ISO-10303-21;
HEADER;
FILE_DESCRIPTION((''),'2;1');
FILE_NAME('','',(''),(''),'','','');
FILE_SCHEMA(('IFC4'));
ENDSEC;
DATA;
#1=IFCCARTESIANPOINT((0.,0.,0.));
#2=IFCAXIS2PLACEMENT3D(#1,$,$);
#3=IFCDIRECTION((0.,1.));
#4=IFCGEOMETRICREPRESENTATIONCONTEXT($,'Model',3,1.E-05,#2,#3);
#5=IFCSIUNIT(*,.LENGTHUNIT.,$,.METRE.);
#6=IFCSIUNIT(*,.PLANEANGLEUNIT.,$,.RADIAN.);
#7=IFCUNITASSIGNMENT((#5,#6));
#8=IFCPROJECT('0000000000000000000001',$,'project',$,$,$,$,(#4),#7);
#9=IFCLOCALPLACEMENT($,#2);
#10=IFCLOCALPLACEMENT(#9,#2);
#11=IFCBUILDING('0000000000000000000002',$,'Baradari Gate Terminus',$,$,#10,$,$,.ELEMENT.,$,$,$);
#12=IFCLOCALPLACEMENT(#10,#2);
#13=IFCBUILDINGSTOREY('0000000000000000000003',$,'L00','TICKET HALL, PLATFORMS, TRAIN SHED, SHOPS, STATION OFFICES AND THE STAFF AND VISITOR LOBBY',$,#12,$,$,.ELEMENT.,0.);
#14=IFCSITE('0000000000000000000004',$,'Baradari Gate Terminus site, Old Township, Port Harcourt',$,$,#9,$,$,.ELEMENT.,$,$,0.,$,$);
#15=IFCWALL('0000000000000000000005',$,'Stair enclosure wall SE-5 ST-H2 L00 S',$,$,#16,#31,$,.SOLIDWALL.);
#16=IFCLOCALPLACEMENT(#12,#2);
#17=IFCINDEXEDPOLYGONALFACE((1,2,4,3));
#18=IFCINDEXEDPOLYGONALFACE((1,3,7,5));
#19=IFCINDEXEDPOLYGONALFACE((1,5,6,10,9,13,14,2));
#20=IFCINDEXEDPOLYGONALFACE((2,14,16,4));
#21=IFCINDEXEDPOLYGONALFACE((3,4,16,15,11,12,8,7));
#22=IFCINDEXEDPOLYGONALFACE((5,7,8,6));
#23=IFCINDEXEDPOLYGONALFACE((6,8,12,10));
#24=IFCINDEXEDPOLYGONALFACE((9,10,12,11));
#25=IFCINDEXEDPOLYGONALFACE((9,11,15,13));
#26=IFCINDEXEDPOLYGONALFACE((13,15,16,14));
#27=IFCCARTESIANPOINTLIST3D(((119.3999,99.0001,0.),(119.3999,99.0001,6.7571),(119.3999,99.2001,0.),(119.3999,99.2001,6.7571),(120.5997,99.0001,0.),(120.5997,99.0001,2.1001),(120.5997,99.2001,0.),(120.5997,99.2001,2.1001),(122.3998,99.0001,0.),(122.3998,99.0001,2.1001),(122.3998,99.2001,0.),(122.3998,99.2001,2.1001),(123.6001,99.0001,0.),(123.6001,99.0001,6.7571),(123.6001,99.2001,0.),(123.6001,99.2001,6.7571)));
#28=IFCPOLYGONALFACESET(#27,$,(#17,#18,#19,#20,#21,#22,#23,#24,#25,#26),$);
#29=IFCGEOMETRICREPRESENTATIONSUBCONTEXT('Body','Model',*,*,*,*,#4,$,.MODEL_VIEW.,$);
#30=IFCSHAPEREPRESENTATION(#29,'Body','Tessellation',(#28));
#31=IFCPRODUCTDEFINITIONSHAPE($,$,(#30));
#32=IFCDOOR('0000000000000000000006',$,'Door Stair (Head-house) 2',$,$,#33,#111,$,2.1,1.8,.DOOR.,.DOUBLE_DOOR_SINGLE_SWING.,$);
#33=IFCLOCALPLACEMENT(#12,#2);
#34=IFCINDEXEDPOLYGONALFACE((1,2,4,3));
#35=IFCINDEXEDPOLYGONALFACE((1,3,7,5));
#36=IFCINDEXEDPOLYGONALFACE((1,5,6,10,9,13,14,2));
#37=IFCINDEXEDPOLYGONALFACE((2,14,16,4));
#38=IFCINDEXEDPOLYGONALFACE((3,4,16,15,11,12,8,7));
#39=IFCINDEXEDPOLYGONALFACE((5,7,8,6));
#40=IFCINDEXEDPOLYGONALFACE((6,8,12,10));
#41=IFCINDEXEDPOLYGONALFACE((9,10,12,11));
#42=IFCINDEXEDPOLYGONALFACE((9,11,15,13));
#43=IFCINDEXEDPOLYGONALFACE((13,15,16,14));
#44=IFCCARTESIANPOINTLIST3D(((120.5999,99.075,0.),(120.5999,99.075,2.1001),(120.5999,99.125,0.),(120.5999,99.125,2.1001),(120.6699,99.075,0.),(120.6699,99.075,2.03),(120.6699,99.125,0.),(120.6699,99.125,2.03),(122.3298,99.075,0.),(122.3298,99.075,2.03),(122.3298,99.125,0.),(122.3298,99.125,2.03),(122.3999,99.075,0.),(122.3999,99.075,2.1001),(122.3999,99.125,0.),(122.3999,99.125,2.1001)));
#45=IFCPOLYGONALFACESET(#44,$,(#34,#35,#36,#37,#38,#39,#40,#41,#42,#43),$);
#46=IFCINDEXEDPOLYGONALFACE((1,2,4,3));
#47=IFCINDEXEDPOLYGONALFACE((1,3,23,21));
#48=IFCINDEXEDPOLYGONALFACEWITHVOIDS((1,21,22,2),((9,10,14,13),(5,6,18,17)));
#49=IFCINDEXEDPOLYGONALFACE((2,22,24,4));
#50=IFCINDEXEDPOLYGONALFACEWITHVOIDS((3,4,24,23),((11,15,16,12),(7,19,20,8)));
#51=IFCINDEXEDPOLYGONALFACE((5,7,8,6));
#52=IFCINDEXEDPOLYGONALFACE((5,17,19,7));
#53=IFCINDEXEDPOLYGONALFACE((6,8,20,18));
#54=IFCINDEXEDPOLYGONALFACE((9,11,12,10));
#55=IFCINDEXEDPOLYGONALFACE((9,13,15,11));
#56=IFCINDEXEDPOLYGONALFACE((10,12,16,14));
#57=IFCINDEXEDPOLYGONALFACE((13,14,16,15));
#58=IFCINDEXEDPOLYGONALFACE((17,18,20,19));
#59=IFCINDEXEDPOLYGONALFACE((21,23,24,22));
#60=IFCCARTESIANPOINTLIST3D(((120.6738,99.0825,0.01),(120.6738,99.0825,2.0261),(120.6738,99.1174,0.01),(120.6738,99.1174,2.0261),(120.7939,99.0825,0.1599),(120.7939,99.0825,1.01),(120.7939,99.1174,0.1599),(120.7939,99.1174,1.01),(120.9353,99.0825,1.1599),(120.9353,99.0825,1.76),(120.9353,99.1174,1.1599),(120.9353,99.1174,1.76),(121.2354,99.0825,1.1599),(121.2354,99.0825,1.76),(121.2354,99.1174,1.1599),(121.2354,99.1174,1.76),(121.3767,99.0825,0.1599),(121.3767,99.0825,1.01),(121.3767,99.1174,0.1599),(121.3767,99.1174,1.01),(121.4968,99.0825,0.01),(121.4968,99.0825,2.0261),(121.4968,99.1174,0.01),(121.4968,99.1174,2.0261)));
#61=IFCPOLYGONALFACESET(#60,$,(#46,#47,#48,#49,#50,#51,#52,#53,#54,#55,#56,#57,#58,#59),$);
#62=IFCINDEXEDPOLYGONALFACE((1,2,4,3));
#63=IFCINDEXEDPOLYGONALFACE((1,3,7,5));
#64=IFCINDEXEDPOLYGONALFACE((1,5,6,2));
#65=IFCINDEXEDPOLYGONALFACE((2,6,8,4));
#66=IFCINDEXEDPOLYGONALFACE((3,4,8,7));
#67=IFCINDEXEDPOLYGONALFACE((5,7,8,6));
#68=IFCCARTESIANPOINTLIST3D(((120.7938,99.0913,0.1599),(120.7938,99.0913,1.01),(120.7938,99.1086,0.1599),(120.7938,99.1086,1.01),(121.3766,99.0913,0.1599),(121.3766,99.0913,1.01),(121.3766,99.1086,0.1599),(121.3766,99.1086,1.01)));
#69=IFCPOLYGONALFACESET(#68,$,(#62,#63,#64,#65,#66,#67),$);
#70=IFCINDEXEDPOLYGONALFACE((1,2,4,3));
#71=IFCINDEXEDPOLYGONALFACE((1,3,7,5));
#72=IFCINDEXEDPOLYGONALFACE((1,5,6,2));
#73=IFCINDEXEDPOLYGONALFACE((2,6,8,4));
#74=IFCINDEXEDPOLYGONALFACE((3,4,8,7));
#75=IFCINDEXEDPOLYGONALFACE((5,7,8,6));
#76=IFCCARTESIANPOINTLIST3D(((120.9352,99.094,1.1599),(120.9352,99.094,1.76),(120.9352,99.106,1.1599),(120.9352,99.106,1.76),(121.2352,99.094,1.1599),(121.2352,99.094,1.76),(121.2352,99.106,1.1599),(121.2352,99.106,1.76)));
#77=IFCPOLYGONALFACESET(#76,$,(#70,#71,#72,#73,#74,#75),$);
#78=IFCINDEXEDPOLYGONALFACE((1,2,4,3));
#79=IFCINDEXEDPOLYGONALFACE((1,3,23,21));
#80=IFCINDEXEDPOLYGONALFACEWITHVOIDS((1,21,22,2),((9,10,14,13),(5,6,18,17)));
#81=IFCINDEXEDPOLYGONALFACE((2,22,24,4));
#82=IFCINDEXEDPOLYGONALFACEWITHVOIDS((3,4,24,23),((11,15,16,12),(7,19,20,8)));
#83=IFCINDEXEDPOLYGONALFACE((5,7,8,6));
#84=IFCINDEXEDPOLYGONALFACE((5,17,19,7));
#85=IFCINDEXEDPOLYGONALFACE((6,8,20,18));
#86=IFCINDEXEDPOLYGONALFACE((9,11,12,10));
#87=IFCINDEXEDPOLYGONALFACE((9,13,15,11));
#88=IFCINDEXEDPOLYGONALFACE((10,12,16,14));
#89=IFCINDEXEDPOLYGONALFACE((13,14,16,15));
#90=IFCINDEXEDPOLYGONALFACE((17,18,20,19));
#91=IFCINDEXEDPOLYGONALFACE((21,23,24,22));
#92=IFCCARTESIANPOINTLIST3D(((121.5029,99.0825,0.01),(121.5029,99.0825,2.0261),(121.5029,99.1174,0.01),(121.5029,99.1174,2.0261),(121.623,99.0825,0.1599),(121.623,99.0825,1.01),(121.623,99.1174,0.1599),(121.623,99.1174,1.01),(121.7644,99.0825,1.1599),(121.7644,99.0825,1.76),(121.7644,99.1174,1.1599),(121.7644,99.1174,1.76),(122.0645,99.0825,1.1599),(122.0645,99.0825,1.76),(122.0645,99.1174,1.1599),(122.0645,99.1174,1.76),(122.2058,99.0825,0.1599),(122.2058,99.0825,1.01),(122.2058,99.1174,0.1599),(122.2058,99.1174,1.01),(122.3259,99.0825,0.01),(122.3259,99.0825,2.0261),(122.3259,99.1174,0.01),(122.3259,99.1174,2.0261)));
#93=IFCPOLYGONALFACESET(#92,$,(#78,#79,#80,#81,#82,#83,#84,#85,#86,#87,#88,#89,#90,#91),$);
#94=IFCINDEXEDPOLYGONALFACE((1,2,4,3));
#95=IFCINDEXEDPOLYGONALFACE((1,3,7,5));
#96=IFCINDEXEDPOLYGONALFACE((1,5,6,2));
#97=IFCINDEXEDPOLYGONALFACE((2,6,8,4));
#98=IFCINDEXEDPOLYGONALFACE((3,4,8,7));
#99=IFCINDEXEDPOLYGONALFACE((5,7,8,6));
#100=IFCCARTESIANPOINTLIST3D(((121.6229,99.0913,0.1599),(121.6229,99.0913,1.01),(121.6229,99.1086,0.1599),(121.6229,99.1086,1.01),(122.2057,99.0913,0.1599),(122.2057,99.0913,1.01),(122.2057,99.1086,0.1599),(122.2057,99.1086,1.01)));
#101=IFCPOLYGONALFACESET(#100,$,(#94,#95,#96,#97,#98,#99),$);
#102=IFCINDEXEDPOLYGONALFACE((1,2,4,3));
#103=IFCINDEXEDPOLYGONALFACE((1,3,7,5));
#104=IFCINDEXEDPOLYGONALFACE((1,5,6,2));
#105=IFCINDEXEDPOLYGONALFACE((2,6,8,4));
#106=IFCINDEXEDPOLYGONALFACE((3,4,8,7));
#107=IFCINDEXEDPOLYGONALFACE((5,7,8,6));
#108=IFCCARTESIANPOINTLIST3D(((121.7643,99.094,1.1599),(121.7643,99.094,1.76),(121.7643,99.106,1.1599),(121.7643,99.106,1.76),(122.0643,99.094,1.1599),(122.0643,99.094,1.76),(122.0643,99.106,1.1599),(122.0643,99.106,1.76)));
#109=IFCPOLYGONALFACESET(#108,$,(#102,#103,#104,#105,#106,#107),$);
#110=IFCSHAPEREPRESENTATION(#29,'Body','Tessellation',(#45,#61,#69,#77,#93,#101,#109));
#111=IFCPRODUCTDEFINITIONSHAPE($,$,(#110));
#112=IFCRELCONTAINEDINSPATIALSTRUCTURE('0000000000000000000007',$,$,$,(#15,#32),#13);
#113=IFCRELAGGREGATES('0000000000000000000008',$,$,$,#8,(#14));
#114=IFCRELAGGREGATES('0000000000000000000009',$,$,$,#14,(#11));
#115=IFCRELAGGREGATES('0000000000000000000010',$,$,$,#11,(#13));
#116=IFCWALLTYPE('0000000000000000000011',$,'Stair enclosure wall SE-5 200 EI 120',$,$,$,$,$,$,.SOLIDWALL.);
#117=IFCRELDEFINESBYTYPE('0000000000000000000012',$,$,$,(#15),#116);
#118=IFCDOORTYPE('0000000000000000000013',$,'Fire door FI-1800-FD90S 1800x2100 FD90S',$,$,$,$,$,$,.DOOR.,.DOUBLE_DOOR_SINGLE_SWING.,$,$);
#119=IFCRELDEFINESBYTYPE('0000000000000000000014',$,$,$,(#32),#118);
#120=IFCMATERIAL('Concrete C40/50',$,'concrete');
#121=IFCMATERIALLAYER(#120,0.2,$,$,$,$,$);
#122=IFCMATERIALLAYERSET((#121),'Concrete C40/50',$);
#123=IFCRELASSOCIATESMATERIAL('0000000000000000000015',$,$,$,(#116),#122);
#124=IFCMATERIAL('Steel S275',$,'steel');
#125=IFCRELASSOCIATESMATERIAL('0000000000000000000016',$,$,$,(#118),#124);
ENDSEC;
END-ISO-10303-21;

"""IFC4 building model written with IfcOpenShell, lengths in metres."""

from ifc_helpers import new_model, si_unit, direction, frame, frame_2d, origin, place, context, subcontext, project, spatial, polyline, rectangle, outline, extrude, material, layer, layer_set, type_object, element, fill, save


model = new_model("IFC4")

# Units and contexts
model_context = context("Model", 3, precision=1e-05, world=origin(), true_north=direction((0.0, 1.0)))
body_context = subcontext(model_context, "Body", "Model", "MODEL_VIEW")
ifc_project = project(units=[si_unit("LENGTHUNIT", "METRE"), si_unit("PLANEANGLEUNIT", "RADIAN")], contexts=[model_context])

# Site, building, storey
site_placement = place(None, origin())
site = spatial("IfcSite", under=ifc_project, at=site_placement, Name="Baradari Gate Terminus site, Old Township, Port Harcourt", CompositionType="ELEMENT", RefElevation=0.0)
building_placement = place(site_placement, origin())
building = spatial("IfcBuilding", under=site, at=building_placement, Name="Baradari Gate Terminus", CompositionType="ELEMENT")
storey_placement = place(building_placement, origin())
storey = spatial("IfcBuildingStorey", under=building, at=storey_placement, Name="L00", Description="TICKET HALL, PLATFORMS, TRAIN SHED, SHOPS, STATION OFFICES AND THE STAFF AND VISITOR LOBBY", CompositionType="ELEMENT", Elevation=0.0)

# Wall, opening, door
ifc_material_1 = material(Name="Concrete C40/50", Category="concrete")
ifc_layer_1 = layer(ifc_material_1, 0.2)
ifc_layer_set_1 = layer_set([ifc_layer_1], Name="Concrete C40/50")
wall_type_1 = type_object("IfcWallType", Name="Stair enclosure wall SE-5 200 EI 120", PredefinedType="SOLIDWALL", material=ifc_layer_set_1)
wall_1_placement = place(storey_placement, frame((119.3999, 99.1001, 0.0), z_axis=(0.0, 0.0, 1.0), x_axis=(1.0, 0.0, 0.0)))
wall_1 = element("IfcWall", 1, at=wall_1_placement, inside=storey, type_object=wall_type_1, Name="Stair enclosure wall SE-5 ST-H2 L00 S", PredefinedType="SOLIDWALL", context=body_context, shape_type="SweptSolid", body=[
    extrude(rectangle(XDim=4.2002, YDim=0.2, at=frame_2d((2.1001, 0.0))), origin(), (0.0, 0.0, 1.0), 6.7571),
])
opening_1_placement = place(wall_1_placement, frame((1.2, 0.0, 0.0)))
opening_1 = element("IfcOpeningElement", 2, at=opening_1_placement, cuts=wall_1, PredefinedType="OPENING", context=body_context, shape_type="SweptSolid", body=[
    extrude(rectangle(XDim=1.8, YDim=2.1001, at=frame_2d((0.8999, 1.05))), frame((0.0, 0.1099, 0.0), z_axis=(0.0, -1.0, 0.0), x_axis=(1.0, 0.0, 0.0)), (0.0, 0.0, 1.0), 0.22),
])
ifc_material_2 = material(Name="Steel S275", Category="steel")
door_type_1 = type_object("IfcDoorType", Name="Fire door FI-1800-FD90S 1800x2100 FD90S", OperationType="DOUBLE_DOOR_SINGLE_SWING", PredefinedType="DOOR", material=ifc_material_2)
door_1_placement = place(opening_1_placement, origin())
door_1 = element("IfcDoor", 3, at=door_1_placement, inside=storey, type_object=door_type_1, Name="Door Stair (Head-house) 2", OperationType="DOUBLE_DOOR_SINGLE_SWING", OverallHeight=2.1, OverallWidth=1.8, PredefinedType="DOOR", context=body_context, shape_type="SweptSolid", body=[
    extrude(outline(polyline([(0.0, 0.0), (0.0701, 0.0), (0.0701, 2.03), (1.73, 2.03), (1.73, 0.0), (1.8, 0.0), (1.8, 2.1001), (0.0, 2.1001), (0.0, 0.0)])), frame((0.0, 0.0249, 0.0), z_axis=(0.0, -1.0, 0.0), x_axis=(1.0, 0.0, 0.0)), (0.0, 0.0, 1.0), 0.05),
    extrude(outline(polyline([(0.074, 0.01), (0.897, 0.01), (0.897, 2.0261), (0.074, 2.0261), (0.074, 0.01)]), holes=[polyline([(0.1941, 0.1599), (0.7769, 0.1599), (0.7769, 1.01), (0.1941, 1.01), (0.1941, 0.1599)]), polyline([(0.3354, 1.1599), (0.6355, 1.1599), (0.6355, 1.76), (0.3354, 1.76), (0.3354, 1.1599)])]), frame((0.0, 0.0173, 0.0), z_axis=(0.0, -1.0, 0.0), x_axis=(1.0, 0.0, 0.0)), (0.0, 0.0, 1.0), 0.0349),
    extrude(rectangle(XDim=0.5828, YDim=0.8501, at=frame_2d((0.4854, 0.585))), frame((0.0, 0.0085, 0.0), z_axis=(0.0, -1.0, 0.0), x_axis=(1.0, 0.0, 0.0)), (0.0, 0.0, 1.0), 0.0173),
    extrude(rectangle(XDim=0.3, YDim=0.6001, at=frame_2d((0.4854, 1.46))), frame((0.0, 0.0059, 0.0), z_axis=(0.0, -1.0, 0.0), x_axis=(1.0, 0.0, 0.0)), (0.0, 0.0, 1.0), 0.012),
    extrude(outline(polyline([(0.9031, 0.01), (1.7261, 0.01), (1.7261, 2.0261), (0.9031, 2.0261), (0.9031, 0.01)]), holes=[polyline([(1.0232, 0.1599), (1.606, 0.1599), (1.606, 1.01), (1.0232, 1.01), (1.0232, 0.1599)]), polyline([(1.1646, 1.1599), (1.4646, 1.1599), (1.4646, 1.76), (1.1646, 1.76), (1.1646, 1.1599)])]), frame((0.0, 0.0173, 0.0), z_axis=(0.0, -1.0, 0.0), x_axis=(1.0, 0.0, 0.0)), (0.0, 0.0, 1.0), 0.0349),
    extrude(rectangle(XDim=0.5828, YDim=0.8501, at=frame_2d((1.3145, 0.585))), frame((0.0, 0.0085, 0.0), z_axis=(0.0, -1.0, 0.0), x_axis=(1.0, 0.0, 0.0)), (0.0, 0.0, 1.0), 0.0173),
    extrude(rectangle(XDim=0.3, YDim=0.6001, at=frame_2d((1.3145, 1.46))), frame((0.0, 0.0059, 0.0), z_axis=(0.0, -1.0, 0.0), x_axis=(1.0, 0.0, 0.0)), (0.0, 0.0, 1.0), 0.012),
])
fill(opening_1, door_1)

save(model, "model.ifc")
